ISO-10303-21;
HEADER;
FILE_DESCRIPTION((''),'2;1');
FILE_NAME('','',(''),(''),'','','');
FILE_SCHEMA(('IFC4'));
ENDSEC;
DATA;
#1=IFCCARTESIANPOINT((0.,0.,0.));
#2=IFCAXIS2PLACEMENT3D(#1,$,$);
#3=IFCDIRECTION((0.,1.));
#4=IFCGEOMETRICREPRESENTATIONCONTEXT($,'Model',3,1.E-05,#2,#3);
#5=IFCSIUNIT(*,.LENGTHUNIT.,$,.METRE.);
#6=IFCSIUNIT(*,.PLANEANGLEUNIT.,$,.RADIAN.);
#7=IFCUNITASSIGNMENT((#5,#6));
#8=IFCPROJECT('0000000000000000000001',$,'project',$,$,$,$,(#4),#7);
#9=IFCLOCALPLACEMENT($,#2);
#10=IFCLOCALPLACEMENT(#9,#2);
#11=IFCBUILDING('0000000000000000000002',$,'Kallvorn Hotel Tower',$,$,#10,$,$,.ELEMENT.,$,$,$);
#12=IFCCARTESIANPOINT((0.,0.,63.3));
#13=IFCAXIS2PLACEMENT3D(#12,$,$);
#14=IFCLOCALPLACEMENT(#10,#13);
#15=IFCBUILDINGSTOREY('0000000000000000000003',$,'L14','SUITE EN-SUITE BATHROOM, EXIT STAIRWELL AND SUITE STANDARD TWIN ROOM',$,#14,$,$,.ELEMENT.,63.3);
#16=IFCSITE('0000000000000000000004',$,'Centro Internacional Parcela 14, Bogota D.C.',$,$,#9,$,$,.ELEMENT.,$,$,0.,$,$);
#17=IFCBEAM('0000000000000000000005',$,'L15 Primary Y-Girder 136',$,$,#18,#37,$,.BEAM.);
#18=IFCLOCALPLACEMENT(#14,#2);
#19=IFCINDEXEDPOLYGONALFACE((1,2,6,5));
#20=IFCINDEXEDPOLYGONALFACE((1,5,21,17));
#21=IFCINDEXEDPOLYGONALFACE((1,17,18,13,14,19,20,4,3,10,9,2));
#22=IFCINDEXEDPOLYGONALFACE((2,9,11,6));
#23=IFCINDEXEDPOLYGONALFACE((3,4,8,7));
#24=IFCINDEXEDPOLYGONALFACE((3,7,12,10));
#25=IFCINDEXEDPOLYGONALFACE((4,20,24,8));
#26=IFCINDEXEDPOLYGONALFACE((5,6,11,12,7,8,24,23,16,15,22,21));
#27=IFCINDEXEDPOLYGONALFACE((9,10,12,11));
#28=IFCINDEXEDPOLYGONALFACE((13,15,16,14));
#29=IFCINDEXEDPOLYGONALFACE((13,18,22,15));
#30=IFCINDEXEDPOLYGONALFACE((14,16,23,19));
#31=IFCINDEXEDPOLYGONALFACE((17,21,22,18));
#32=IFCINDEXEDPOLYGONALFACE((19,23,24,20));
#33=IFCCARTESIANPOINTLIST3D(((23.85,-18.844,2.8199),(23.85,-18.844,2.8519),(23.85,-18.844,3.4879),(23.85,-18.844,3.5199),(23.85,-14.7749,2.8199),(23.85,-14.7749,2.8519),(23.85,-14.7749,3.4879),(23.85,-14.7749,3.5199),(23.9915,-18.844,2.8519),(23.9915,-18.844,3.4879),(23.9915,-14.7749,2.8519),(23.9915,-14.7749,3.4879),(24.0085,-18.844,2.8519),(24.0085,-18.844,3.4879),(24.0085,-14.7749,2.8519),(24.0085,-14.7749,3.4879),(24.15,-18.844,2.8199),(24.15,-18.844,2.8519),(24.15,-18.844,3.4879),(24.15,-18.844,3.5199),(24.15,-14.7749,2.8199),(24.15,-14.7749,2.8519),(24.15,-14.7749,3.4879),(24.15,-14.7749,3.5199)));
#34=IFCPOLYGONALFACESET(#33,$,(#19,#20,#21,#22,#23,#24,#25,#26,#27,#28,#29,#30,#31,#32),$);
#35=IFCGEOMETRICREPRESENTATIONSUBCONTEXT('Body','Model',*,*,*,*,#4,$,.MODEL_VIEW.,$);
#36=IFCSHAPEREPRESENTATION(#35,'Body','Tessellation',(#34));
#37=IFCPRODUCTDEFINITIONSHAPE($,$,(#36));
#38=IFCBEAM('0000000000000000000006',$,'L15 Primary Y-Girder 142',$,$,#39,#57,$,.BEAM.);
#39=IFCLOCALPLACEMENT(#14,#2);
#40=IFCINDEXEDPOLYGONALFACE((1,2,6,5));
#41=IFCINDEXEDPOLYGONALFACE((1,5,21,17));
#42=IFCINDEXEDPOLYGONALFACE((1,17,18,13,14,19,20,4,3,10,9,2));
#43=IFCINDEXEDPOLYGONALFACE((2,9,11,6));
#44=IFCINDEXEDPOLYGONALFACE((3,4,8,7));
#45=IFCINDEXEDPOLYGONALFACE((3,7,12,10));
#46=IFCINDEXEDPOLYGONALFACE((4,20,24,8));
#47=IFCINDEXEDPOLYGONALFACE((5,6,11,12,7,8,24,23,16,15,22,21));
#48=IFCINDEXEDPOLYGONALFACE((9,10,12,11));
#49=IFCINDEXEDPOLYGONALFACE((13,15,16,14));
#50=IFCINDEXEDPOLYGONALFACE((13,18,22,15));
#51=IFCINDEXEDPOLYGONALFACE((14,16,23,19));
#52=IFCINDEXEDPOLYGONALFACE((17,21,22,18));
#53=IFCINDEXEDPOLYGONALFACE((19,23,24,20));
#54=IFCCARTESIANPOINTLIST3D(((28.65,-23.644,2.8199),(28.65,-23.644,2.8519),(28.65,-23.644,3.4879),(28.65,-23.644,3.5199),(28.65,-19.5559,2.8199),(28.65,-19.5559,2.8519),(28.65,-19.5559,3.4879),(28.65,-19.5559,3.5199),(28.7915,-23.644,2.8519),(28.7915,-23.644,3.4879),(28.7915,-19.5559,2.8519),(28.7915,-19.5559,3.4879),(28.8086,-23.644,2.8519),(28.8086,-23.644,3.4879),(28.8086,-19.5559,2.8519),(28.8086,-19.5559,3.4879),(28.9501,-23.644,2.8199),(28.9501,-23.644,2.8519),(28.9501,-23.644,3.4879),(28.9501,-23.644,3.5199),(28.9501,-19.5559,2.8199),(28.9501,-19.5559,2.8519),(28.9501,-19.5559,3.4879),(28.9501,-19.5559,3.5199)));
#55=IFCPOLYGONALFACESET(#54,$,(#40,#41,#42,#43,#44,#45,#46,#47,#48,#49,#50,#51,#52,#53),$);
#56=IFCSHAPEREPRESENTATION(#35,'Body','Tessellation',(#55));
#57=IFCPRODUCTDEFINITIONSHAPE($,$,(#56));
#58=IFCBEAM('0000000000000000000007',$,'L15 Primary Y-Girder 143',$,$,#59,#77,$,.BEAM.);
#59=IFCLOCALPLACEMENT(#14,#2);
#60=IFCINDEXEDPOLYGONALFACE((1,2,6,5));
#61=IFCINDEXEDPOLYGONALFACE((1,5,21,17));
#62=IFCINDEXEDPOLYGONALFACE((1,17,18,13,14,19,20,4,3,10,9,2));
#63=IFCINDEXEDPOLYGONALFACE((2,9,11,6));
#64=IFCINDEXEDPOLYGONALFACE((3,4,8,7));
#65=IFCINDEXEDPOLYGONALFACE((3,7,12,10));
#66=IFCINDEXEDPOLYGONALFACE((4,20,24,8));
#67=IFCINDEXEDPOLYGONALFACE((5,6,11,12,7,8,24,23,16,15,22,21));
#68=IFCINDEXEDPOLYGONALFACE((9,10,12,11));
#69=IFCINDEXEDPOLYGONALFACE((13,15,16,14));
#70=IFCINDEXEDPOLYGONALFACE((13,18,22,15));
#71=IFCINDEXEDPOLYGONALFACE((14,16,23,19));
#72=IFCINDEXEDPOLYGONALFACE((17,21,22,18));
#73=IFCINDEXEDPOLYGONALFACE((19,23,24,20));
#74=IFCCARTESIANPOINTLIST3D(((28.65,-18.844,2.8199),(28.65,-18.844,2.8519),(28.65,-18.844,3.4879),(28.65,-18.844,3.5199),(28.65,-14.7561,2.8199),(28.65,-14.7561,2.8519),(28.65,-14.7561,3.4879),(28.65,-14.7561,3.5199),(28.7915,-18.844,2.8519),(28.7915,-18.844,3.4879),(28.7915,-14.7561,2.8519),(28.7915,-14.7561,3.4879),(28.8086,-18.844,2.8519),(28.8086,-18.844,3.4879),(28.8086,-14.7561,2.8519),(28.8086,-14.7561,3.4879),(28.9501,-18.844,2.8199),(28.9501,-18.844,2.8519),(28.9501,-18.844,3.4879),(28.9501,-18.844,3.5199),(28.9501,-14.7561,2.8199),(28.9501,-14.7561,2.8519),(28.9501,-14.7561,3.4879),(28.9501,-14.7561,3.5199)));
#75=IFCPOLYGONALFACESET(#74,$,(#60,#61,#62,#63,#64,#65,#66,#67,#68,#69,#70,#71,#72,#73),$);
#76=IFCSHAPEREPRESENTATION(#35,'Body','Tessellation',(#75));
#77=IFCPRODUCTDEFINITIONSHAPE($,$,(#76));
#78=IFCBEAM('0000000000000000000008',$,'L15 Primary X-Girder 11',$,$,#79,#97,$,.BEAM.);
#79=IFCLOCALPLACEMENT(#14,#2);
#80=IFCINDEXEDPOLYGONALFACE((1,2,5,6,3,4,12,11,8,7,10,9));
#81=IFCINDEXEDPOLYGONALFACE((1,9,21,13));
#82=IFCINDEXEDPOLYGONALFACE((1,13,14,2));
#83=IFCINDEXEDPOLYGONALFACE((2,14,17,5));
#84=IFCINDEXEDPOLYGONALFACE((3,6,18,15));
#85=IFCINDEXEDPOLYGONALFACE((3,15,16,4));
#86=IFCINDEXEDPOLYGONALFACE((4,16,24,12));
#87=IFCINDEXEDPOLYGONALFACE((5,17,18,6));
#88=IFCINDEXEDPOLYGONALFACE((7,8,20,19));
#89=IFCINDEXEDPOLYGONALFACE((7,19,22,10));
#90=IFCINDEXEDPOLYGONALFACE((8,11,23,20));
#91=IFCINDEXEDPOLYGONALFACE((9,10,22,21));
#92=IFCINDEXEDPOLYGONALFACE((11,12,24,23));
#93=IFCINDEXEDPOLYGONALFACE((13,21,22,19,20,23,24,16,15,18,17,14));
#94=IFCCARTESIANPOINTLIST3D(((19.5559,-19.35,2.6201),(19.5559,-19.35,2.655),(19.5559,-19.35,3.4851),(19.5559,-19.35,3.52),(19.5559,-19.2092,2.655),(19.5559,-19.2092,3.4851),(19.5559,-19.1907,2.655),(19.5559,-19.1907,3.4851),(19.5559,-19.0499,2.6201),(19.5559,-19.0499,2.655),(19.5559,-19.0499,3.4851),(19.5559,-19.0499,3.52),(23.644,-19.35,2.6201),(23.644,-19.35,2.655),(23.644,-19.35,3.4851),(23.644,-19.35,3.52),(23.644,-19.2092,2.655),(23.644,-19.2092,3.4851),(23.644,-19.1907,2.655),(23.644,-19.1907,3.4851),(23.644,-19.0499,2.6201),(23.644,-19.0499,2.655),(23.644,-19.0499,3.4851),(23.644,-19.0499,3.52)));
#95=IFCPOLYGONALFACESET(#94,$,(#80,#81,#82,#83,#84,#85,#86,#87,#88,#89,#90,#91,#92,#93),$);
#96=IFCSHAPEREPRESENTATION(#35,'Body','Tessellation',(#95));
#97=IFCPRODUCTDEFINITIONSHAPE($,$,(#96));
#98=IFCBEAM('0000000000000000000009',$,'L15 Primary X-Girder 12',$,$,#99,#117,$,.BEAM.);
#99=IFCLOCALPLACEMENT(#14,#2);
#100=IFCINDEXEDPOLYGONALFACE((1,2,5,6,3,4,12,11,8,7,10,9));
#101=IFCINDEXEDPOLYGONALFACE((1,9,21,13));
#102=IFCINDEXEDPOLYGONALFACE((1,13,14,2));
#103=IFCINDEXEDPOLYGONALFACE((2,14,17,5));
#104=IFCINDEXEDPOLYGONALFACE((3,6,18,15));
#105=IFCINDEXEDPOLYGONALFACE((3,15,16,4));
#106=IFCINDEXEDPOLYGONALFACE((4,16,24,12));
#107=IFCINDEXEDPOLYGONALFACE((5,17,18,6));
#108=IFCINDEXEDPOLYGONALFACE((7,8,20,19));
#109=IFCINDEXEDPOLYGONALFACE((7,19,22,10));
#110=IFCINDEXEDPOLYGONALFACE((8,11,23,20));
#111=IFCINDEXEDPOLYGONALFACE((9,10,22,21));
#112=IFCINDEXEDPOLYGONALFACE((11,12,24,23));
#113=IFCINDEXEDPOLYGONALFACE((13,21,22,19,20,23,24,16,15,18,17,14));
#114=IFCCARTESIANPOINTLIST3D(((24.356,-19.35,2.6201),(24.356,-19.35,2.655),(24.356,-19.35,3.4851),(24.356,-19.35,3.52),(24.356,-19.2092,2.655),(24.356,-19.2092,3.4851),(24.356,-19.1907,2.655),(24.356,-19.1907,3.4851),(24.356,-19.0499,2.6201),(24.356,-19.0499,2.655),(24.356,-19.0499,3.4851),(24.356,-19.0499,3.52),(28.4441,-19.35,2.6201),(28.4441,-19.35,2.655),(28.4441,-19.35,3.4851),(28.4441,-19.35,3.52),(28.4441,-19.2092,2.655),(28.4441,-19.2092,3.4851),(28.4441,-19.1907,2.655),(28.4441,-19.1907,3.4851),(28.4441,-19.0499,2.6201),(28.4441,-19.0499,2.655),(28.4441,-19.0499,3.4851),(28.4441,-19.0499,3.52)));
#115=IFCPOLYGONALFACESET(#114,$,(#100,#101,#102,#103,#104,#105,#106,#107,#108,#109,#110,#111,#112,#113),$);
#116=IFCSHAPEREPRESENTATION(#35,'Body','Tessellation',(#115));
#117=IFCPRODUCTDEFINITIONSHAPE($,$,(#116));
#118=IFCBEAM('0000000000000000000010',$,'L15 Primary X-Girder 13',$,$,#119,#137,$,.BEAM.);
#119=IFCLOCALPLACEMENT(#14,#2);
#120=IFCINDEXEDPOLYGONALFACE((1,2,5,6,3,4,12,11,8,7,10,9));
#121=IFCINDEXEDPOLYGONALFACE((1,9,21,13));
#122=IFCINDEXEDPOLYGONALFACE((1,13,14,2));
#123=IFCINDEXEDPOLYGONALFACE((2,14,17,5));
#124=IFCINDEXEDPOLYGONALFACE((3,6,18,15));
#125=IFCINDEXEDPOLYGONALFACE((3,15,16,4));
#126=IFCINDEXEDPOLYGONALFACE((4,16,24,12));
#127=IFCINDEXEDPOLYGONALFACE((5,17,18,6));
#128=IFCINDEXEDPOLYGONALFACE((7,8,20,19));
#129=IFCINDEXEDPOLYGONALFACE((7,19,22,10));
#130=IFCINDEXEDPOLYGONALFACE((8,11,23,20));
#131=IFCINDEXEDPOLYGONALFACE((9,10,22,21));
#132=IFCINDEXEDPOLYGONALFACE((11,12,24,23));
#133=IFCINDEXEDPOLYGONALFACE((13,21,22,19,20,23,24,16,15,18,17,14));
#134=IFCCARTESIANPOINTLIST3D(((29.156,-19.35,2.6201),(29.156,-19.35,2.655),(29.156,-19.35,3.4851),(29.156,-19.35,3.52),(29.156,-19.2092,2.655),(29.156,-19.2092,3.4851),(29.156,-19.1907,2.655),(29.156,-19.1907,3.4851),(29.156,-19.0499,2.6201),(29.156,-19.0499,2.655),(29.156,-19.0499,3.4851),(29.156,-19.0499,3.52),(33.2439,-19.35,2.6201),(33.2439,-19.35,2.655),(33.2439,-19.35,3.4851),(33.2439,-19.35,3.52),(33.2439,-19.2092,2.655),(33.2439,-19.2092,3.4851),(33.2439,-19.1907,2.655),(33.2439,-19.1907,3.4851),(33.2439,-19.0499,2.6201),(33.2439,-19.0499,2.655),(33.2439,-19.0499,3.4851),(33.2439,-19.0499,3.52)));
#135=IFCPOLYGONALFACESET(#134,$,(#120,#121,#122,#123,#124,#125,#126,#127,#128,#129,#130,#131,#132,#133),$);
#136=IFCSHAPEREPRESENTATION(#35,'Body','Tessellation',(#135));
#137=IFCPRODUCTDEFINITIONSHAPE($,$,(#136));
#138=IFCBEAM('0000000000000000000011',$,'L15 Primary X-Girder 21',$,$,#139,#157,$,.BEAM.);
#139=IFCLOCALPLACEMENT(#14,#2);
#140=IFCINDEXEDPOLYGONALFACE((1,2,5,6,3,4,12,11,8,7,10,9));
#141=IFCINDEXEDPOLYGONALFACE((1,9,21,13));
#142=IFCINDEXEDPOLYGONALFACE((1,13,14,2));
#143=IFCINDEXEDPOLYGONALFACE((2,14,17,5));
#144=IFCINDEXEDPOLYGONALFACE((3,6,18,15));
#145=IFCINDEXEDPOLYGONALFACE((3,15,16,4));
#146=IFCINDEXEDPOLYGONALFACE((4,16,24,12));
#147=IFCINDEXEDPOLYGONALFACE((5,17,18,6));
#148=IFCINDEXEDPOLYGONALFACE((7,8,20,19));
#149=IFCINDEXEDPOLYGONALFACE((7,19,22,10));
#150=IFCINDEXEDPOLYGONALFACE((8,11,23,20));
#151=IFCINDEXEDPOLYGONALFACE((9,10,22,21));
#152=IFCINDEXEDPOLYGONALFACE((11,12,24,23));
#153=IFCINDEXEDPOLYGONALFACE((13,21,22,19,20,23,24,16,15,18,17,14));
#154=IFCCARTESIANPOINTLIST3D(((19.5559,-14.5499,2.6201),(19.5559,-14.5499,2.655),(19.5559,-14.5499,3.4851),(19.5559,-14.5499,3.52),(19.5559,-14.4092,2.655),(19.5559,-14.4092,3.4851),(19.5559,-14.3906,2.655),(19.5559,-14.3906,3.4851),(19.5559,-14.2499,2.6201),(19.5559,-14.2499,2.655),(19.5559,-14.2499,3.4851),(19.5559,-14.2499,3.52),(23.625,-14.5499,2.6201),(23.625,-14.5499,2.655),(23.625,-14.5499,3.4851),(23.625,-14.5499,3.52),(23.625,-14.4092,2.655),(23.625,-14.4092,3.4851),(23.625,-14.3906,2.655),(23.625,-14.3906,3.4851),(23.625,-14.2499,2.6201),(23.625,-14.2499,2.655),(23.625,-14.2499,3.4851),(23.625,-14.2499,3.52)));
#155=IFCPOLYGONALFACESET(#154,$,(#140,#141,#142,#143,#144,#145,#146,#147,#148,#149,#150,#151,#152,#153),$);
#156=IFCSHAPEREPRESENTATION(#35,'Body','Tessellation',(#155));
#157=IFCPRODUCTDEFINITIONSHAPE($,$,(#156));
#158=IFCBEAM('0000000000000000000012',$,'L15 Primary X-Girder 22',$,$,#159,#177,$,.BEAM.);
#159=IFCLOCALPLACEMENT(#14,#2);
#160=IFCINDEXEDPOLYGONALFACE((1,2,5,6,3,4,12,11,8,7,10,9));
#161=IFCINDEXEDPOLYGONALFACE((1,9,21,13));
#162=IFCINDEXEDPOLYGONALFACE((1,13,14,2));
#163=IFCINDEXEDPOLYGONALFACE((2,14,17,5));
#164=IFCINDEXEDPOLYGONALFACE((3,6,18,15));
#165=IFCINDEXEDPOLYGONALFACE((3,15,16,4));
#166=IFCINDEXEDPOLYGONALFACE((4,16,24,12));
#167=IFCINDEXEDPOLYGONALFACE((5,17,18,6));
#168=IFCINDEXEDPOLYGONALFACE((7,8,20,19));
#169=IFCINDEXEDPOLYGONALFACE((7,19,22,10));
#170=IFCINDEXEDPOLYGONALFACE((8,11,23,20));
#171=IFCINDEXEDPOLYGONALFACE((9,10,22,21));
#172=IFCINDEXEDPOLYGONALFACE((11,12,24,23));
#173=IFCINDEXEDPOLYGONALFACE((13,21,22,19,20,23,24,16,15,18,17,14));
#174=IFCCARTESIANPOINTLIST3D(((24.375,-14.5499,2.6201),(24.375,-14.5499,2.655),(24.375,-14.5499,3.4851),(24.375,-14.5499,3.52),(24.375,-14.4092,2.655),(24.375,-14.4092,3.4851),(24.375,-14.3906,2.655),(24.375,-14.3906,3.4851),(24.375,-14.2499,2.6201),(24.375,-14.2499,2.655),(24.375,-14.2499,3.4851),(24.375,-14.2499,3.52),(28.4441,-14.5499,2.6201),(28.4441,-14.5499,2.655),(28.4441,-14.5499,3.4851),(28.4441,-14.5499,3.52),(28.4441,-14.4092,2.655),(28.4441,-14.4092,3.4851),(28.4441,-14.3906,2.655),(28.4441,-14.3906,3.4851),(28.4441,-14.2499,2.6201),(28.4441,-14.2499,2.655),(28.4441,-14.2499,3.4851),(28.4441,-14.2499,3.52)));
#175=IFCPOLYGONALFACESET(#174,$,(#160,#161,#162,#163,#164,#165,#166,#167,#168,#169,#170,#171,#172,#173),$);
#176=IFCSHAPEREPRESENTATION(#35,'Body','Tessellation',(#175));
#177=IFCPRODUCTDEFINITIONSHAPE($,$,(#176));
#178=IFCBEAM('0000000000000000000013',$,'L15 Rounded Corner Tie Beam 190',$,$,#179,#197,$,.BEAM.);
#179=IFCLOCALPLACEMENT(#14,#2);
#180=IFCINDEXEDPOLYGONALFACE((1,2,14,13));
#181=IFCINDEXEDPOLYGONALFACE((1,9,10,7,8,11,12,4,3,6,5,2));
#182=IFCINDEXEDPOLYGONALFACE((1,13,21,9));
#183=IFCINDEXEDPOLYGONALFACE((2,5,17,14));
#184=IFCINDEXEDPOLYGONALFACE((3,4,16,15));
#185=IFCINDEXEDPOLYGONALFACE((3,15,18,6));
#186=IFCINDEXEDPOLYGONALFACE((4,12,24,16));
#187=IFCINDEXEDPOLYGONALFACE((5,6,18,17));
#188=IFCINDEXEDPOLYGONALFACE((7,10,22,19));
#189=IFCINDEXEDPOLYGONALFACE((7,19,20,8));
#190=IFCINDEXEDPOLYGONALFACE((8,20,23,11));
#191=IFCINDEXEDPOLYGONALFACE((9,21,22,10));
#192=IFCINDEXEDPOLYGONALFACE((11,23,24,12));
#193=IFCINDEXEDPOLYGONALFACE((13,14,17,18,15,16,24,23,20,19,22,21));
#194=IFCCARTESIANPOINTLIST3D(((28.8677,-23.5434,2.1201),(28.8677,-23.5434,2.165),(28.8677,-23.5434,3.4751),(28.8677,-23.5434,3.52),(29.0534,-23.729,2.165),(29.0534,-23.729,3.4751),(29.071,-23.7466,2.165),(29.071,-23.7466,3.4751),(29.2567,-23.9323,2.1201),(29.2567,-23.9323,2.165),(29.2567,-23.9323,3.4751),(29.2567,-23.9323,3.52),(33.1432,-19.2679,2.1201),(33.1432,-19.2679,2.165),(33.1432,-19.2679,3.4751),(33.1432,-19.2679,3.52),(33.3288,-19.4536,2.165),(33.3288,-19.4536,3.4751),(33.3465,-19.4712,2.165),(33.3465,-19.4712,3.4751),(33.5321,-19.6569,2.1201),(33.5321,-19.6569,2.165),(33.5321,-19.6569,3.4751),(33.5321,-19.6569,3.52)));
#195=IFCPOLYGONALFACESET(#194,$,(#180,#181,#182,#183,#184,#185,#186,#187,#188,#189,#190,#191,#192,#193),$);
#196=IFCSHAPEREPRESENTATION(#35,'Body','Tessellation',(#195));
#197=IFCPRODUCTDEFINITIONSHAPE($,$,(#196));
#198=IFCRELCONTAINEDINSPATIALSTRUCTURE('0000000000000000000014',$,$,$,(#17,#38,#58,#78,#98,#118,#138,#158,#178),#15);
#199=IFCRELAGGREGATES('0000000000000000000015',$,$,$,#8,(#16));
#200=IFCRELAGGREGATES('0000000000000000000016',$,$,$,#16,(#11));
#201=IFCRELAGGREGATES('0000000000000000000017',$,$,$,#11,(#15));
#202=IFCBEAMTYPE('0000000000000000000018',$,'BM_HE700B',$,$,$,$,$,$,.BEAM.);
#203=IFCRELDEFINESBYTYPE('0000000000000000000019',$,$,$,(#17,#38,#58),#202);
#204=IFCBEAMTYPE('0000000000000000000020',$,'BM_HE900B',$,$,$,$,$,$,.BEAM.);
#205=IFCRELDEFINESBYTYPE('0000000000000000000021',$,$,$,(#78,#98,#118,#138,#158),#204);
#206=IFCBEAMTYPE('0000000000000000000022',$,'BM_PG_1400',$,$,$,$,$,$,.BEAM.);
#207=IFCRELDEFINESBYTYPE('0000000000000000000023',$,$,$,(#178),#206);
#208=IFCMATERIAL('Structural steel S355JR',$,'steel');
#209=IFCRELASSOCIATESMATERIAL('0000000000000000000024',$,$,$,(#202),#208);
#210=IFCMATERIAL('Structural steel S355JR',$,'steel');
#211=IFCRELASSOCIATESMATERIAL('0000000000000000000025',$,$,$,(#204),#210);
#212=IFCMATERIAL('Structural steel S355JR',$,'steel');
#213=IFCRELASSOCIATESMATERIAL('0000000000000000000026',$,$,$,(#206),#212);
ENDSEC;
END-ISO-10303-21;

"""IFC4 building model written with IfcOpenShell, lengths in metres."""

from ifc_helpers import new_model, si_unit, direction, frame, origin, origin_2d, place, context, subcontext, project, spatial, i_section, extrude, material, material_profile, profile_set, type_object, element, save


model = new_model("IFC4")

# Units and contexts
model_context = context("Model", 3, precision=1e-05, world=origin(), true_north=direction((0.0, 1.0)))
body_context = subcontext(model_context, "Body", "Model", "MODEL_VIEW")
ifc_project = project(units=[si_unit("LENGTHUNIT", "METRE"), si_unit("PLANEANGLEUNIT", "RADIAN")], contexts=[model_context])

# Site, building, storey
site_placement = place(None, origin())
site = spatial("IfcSite", under=ifc_project, at=site_placement, Name="Centro Internacional Parcela 14, Bogota D.C.", CompositionType="ELEMENT", RefElevation=0.0)
building_placement = place(site_placement, origin())
building = spatial("IfcBuilding", under=site, at=building_placement, Name="Kallvorn Hotel Tower", CompositionType="ELEMENT")
storey_placement = place(building_placement, frame((0.0, 0.0, 63.3)))
storey = spatial("IfcBuildingStorey", under=building, at=storey_placement, Name="L14", Description="SUITE EN-SUITE BATHROOM, EXIT STAIRWELL AND SUITE STANDARD TWIN ROOM", CompositionType="ELEMENT", Elevation=63.3)

# Beams
ifc_material_1 = material(Name="Structural steel S355JR", Category="steel")
ifc_material_profile_1 = material_profile(ifc_material_1, i_section(OverallWidth=0.3, OverallDepth=0.7, WebThickness=0.0171, FlangeThickness=0.032, at=origin_2d()), Name="HE 700 B")
ifc_profile_set_1 = profile_set([ifc_material_profile_1], Name="Structural steel S355JR")
beam_type_1 = type_object("IfcBeamType", Name="BM_HE700B", PredefinedType="BEAM", material=ifc_profile_set_1)
beam_1_placement = place(storey_placement, frame((24.0, -18.844, 3.1699), z_axis=(0.0, 1.0, 0.0), x_axis=(-1.0, 0.0, 0.0)))
element("IfcBeam", 1, at=beam_1_placement, inside=storey, type_object=beam_type_1, Name="L15 Primary Y-Girder 136", PredefinedType="BEAM", context=body_context, shape_type="SweptSolid", body=[
    extrude(i_section(OverallWidth=0.3, OverallDepth=0.7, WebThickness=0.0171, FlangeThickness=0.032, at=origin_2d()), origin(), (0.0, 0.0, 1.0), 4.0691),
])
beam_2_placement = place(storey_placement, frame((28.8, -23.644, 3.1699), z_axis=(0.0, 1.0, 0.0), x_axis=(-1.0, 0.0, 0.0)))
element("IfcBeam", 2, at=beam_2_placement, inside=storey, type_object=beam_type_1, Name="L15 Primary Y-Girder 142", PredefinedType="BEAM", context=body_context, shape_type="SweptSolid", body=[
    extrude(i_section(OverallWidth=0.3, OverallDepth=0.7, WebThickness=0.0171, FlangeThickness=0.032, at=origin_2d()), origin(), (0.0, 0.0, 1.0), 4.0881),
])
beam_3_placement = place(storey_placement, frame((28.8, -18.844, 3.1699), z_axis=(0.0, 1.0, 0.0), x_axis=(-1.0, 0.0, 0.0)))
element("IfcBeam", 3, at=beam_3_placement, inside=storey, type_object=beam_type_1, Name="L15 Primary Y-Girder 143", PredefinedType="BEAM", context=body_context, shape_type="SweptSolid", body=[
    extrude(i_section(OverallWidth=0.3, OverallDepth=0.7, WebThickness=0.0171, FlangeThickness=0.032, at=origin_2d()), origin(), (0.0, 0.0, 1.0), 4.0879),
])
ifc_material_2 = material(Name="Structural steel S355JR", Category="steel")
ifc_material_profile_2 = material_profile(ifc_material_2, i_section(OverallWidth=0.3, OverallDepth=0.8999, WebThickness=0.0186, FlangeThickness=0.0349, at=origin_2d()), Name="HE 900 B")
ifc_profile_set_2 = profile_set([ifc_material_profile_2], Name="Structural steel S355JR")
beam_type_2 = type_object("IfcBeamType", Name="BM_HE900B", PredefinedType="BEAM", material=ifc_profile_set_2)
for number, where, z_axis, x_axis, name in (
    (4, (19.5559, -19.2, 3.0701), (1.0, 0.0, 0.0), (0.0, 1.0, 0.0), "L15 Primary X-Girder 11"),
    (5, (24.356, -19.2, 3.0701), (1.0, 0.0, 0.0), (0.0, 1.0, 0.0), "L15 Primary X-Girder 12"),
):
    element("IfcBeam", number, at=place(storey_placement, frame(where, z_axis=z_axis, x_axis=x_axis)), inside=storey, type_object=beam_type_2, Name=name, PredefinedType="BEAM", context=body_context, shape_type="SweptSolid", body=[
        extrude(i_section(OverallWidth=0.3, OverallDepth=0.8999, WebThickness=0.0186, FlangeThickness=0.0349, at=origin_2d()), origin(), (0.0, 0.0, 1.0), 4.0881),
    ])
beam_4_placement = place(storey_placement, frame((29.156, -19.2, 3.0701), z_axis=(1.0, 0.0, 0.0), x_axis=(0.0, 1.0, 0.0)))
element("IfcBeam", 6, at=beam_4_placement, inside=storey, type_object=beam_type_2, Name="L15 Primary X-Girder 13", PredefinedType="BEAM", context=body_context, shape_type="SweptSolid", body=[
    extrude(i_section(OverallWidth=0.3, OverallDepth=0.8999, WebThickness=0.0186, FlangeThickness=0.0349, at=origin_2d()), origin(), (0.0, 0.0, 1.0), 4.0879),
])
for number, where, z_axis, x_axis, name in (
    (7, (19.5559, -14.3999, 3.0701), (1.0, 0.0, 0.0), (0.0, 1.0, 0.0), "L15 Primary X-Girder 21"),
    (8, (24.375, -14.3999, 3.0701), (1.0, 0.0, 0.0), (0.0, 1.0, 0.0), "L15 Primary X-Girder 22"),
):
    element("IfcBeam", number, at=place(storey_placement, frame(where, z_axis=z_axis, x_axis=x_axis)), inside=storey, type_object=beam_type_2, Name=name, PredefinedType="BEAM", context=body_context, shape_type="SweptSolid", body=[
        extrude(i_section(OverallWidth=0.3, OverallDepth=0.8999, WebThickness=0.0186, FlangeThickness=0.0349, at=origin_2d()), origin(), (0.0, 0.0, 1.0), 4.0691),
    ])
ifc_material_3 = material(Name="Structural steel S355JR", Category="steel")
ifc_material_profile_3 = material_profile(ifc_material_3, i_section(OverallWidth=0.55, OverallDepth=1.3999, WebThickness=0.0249, FlangeThickness=0.0449, at=origin_2d()), Name="PG 1400x550x25x45")
ifc_profile_set_3 = profile_set([ifc_material_profile_3], Name="Structural steel S355JR")
beam_type_3 = type_object("IfcBeamType", Name="BM_PG_1400", PredefinedType="BEAM", material=ifc_profile_set_3)
beam_5_placement = place(storey_placement, frame((33.3376, -19.4624, 2.8201), z_axis=(-0.707107, -0.707107, 0.0), x_axis=(0.707107, -0.707107, 0.0)))
element("IfcBeam", 9, at=beam_5_placement, inside=storey, type_object=beam_type_3, Name="L15 Rounded Corner Tie Beam 190", PredefinedType="BEAM", context=body_context, shape_type="SweptSolid", body=[
    extrude(i_section(OverallWidth=0.55, OverallDepth=1.3999, WebThickness=0.0249, FlangeThickness=0.0449, at=origin_2d()), origin(), (0.0, 0.0, 1.0), 6.0464),
])

save(model, "model.ifc")
